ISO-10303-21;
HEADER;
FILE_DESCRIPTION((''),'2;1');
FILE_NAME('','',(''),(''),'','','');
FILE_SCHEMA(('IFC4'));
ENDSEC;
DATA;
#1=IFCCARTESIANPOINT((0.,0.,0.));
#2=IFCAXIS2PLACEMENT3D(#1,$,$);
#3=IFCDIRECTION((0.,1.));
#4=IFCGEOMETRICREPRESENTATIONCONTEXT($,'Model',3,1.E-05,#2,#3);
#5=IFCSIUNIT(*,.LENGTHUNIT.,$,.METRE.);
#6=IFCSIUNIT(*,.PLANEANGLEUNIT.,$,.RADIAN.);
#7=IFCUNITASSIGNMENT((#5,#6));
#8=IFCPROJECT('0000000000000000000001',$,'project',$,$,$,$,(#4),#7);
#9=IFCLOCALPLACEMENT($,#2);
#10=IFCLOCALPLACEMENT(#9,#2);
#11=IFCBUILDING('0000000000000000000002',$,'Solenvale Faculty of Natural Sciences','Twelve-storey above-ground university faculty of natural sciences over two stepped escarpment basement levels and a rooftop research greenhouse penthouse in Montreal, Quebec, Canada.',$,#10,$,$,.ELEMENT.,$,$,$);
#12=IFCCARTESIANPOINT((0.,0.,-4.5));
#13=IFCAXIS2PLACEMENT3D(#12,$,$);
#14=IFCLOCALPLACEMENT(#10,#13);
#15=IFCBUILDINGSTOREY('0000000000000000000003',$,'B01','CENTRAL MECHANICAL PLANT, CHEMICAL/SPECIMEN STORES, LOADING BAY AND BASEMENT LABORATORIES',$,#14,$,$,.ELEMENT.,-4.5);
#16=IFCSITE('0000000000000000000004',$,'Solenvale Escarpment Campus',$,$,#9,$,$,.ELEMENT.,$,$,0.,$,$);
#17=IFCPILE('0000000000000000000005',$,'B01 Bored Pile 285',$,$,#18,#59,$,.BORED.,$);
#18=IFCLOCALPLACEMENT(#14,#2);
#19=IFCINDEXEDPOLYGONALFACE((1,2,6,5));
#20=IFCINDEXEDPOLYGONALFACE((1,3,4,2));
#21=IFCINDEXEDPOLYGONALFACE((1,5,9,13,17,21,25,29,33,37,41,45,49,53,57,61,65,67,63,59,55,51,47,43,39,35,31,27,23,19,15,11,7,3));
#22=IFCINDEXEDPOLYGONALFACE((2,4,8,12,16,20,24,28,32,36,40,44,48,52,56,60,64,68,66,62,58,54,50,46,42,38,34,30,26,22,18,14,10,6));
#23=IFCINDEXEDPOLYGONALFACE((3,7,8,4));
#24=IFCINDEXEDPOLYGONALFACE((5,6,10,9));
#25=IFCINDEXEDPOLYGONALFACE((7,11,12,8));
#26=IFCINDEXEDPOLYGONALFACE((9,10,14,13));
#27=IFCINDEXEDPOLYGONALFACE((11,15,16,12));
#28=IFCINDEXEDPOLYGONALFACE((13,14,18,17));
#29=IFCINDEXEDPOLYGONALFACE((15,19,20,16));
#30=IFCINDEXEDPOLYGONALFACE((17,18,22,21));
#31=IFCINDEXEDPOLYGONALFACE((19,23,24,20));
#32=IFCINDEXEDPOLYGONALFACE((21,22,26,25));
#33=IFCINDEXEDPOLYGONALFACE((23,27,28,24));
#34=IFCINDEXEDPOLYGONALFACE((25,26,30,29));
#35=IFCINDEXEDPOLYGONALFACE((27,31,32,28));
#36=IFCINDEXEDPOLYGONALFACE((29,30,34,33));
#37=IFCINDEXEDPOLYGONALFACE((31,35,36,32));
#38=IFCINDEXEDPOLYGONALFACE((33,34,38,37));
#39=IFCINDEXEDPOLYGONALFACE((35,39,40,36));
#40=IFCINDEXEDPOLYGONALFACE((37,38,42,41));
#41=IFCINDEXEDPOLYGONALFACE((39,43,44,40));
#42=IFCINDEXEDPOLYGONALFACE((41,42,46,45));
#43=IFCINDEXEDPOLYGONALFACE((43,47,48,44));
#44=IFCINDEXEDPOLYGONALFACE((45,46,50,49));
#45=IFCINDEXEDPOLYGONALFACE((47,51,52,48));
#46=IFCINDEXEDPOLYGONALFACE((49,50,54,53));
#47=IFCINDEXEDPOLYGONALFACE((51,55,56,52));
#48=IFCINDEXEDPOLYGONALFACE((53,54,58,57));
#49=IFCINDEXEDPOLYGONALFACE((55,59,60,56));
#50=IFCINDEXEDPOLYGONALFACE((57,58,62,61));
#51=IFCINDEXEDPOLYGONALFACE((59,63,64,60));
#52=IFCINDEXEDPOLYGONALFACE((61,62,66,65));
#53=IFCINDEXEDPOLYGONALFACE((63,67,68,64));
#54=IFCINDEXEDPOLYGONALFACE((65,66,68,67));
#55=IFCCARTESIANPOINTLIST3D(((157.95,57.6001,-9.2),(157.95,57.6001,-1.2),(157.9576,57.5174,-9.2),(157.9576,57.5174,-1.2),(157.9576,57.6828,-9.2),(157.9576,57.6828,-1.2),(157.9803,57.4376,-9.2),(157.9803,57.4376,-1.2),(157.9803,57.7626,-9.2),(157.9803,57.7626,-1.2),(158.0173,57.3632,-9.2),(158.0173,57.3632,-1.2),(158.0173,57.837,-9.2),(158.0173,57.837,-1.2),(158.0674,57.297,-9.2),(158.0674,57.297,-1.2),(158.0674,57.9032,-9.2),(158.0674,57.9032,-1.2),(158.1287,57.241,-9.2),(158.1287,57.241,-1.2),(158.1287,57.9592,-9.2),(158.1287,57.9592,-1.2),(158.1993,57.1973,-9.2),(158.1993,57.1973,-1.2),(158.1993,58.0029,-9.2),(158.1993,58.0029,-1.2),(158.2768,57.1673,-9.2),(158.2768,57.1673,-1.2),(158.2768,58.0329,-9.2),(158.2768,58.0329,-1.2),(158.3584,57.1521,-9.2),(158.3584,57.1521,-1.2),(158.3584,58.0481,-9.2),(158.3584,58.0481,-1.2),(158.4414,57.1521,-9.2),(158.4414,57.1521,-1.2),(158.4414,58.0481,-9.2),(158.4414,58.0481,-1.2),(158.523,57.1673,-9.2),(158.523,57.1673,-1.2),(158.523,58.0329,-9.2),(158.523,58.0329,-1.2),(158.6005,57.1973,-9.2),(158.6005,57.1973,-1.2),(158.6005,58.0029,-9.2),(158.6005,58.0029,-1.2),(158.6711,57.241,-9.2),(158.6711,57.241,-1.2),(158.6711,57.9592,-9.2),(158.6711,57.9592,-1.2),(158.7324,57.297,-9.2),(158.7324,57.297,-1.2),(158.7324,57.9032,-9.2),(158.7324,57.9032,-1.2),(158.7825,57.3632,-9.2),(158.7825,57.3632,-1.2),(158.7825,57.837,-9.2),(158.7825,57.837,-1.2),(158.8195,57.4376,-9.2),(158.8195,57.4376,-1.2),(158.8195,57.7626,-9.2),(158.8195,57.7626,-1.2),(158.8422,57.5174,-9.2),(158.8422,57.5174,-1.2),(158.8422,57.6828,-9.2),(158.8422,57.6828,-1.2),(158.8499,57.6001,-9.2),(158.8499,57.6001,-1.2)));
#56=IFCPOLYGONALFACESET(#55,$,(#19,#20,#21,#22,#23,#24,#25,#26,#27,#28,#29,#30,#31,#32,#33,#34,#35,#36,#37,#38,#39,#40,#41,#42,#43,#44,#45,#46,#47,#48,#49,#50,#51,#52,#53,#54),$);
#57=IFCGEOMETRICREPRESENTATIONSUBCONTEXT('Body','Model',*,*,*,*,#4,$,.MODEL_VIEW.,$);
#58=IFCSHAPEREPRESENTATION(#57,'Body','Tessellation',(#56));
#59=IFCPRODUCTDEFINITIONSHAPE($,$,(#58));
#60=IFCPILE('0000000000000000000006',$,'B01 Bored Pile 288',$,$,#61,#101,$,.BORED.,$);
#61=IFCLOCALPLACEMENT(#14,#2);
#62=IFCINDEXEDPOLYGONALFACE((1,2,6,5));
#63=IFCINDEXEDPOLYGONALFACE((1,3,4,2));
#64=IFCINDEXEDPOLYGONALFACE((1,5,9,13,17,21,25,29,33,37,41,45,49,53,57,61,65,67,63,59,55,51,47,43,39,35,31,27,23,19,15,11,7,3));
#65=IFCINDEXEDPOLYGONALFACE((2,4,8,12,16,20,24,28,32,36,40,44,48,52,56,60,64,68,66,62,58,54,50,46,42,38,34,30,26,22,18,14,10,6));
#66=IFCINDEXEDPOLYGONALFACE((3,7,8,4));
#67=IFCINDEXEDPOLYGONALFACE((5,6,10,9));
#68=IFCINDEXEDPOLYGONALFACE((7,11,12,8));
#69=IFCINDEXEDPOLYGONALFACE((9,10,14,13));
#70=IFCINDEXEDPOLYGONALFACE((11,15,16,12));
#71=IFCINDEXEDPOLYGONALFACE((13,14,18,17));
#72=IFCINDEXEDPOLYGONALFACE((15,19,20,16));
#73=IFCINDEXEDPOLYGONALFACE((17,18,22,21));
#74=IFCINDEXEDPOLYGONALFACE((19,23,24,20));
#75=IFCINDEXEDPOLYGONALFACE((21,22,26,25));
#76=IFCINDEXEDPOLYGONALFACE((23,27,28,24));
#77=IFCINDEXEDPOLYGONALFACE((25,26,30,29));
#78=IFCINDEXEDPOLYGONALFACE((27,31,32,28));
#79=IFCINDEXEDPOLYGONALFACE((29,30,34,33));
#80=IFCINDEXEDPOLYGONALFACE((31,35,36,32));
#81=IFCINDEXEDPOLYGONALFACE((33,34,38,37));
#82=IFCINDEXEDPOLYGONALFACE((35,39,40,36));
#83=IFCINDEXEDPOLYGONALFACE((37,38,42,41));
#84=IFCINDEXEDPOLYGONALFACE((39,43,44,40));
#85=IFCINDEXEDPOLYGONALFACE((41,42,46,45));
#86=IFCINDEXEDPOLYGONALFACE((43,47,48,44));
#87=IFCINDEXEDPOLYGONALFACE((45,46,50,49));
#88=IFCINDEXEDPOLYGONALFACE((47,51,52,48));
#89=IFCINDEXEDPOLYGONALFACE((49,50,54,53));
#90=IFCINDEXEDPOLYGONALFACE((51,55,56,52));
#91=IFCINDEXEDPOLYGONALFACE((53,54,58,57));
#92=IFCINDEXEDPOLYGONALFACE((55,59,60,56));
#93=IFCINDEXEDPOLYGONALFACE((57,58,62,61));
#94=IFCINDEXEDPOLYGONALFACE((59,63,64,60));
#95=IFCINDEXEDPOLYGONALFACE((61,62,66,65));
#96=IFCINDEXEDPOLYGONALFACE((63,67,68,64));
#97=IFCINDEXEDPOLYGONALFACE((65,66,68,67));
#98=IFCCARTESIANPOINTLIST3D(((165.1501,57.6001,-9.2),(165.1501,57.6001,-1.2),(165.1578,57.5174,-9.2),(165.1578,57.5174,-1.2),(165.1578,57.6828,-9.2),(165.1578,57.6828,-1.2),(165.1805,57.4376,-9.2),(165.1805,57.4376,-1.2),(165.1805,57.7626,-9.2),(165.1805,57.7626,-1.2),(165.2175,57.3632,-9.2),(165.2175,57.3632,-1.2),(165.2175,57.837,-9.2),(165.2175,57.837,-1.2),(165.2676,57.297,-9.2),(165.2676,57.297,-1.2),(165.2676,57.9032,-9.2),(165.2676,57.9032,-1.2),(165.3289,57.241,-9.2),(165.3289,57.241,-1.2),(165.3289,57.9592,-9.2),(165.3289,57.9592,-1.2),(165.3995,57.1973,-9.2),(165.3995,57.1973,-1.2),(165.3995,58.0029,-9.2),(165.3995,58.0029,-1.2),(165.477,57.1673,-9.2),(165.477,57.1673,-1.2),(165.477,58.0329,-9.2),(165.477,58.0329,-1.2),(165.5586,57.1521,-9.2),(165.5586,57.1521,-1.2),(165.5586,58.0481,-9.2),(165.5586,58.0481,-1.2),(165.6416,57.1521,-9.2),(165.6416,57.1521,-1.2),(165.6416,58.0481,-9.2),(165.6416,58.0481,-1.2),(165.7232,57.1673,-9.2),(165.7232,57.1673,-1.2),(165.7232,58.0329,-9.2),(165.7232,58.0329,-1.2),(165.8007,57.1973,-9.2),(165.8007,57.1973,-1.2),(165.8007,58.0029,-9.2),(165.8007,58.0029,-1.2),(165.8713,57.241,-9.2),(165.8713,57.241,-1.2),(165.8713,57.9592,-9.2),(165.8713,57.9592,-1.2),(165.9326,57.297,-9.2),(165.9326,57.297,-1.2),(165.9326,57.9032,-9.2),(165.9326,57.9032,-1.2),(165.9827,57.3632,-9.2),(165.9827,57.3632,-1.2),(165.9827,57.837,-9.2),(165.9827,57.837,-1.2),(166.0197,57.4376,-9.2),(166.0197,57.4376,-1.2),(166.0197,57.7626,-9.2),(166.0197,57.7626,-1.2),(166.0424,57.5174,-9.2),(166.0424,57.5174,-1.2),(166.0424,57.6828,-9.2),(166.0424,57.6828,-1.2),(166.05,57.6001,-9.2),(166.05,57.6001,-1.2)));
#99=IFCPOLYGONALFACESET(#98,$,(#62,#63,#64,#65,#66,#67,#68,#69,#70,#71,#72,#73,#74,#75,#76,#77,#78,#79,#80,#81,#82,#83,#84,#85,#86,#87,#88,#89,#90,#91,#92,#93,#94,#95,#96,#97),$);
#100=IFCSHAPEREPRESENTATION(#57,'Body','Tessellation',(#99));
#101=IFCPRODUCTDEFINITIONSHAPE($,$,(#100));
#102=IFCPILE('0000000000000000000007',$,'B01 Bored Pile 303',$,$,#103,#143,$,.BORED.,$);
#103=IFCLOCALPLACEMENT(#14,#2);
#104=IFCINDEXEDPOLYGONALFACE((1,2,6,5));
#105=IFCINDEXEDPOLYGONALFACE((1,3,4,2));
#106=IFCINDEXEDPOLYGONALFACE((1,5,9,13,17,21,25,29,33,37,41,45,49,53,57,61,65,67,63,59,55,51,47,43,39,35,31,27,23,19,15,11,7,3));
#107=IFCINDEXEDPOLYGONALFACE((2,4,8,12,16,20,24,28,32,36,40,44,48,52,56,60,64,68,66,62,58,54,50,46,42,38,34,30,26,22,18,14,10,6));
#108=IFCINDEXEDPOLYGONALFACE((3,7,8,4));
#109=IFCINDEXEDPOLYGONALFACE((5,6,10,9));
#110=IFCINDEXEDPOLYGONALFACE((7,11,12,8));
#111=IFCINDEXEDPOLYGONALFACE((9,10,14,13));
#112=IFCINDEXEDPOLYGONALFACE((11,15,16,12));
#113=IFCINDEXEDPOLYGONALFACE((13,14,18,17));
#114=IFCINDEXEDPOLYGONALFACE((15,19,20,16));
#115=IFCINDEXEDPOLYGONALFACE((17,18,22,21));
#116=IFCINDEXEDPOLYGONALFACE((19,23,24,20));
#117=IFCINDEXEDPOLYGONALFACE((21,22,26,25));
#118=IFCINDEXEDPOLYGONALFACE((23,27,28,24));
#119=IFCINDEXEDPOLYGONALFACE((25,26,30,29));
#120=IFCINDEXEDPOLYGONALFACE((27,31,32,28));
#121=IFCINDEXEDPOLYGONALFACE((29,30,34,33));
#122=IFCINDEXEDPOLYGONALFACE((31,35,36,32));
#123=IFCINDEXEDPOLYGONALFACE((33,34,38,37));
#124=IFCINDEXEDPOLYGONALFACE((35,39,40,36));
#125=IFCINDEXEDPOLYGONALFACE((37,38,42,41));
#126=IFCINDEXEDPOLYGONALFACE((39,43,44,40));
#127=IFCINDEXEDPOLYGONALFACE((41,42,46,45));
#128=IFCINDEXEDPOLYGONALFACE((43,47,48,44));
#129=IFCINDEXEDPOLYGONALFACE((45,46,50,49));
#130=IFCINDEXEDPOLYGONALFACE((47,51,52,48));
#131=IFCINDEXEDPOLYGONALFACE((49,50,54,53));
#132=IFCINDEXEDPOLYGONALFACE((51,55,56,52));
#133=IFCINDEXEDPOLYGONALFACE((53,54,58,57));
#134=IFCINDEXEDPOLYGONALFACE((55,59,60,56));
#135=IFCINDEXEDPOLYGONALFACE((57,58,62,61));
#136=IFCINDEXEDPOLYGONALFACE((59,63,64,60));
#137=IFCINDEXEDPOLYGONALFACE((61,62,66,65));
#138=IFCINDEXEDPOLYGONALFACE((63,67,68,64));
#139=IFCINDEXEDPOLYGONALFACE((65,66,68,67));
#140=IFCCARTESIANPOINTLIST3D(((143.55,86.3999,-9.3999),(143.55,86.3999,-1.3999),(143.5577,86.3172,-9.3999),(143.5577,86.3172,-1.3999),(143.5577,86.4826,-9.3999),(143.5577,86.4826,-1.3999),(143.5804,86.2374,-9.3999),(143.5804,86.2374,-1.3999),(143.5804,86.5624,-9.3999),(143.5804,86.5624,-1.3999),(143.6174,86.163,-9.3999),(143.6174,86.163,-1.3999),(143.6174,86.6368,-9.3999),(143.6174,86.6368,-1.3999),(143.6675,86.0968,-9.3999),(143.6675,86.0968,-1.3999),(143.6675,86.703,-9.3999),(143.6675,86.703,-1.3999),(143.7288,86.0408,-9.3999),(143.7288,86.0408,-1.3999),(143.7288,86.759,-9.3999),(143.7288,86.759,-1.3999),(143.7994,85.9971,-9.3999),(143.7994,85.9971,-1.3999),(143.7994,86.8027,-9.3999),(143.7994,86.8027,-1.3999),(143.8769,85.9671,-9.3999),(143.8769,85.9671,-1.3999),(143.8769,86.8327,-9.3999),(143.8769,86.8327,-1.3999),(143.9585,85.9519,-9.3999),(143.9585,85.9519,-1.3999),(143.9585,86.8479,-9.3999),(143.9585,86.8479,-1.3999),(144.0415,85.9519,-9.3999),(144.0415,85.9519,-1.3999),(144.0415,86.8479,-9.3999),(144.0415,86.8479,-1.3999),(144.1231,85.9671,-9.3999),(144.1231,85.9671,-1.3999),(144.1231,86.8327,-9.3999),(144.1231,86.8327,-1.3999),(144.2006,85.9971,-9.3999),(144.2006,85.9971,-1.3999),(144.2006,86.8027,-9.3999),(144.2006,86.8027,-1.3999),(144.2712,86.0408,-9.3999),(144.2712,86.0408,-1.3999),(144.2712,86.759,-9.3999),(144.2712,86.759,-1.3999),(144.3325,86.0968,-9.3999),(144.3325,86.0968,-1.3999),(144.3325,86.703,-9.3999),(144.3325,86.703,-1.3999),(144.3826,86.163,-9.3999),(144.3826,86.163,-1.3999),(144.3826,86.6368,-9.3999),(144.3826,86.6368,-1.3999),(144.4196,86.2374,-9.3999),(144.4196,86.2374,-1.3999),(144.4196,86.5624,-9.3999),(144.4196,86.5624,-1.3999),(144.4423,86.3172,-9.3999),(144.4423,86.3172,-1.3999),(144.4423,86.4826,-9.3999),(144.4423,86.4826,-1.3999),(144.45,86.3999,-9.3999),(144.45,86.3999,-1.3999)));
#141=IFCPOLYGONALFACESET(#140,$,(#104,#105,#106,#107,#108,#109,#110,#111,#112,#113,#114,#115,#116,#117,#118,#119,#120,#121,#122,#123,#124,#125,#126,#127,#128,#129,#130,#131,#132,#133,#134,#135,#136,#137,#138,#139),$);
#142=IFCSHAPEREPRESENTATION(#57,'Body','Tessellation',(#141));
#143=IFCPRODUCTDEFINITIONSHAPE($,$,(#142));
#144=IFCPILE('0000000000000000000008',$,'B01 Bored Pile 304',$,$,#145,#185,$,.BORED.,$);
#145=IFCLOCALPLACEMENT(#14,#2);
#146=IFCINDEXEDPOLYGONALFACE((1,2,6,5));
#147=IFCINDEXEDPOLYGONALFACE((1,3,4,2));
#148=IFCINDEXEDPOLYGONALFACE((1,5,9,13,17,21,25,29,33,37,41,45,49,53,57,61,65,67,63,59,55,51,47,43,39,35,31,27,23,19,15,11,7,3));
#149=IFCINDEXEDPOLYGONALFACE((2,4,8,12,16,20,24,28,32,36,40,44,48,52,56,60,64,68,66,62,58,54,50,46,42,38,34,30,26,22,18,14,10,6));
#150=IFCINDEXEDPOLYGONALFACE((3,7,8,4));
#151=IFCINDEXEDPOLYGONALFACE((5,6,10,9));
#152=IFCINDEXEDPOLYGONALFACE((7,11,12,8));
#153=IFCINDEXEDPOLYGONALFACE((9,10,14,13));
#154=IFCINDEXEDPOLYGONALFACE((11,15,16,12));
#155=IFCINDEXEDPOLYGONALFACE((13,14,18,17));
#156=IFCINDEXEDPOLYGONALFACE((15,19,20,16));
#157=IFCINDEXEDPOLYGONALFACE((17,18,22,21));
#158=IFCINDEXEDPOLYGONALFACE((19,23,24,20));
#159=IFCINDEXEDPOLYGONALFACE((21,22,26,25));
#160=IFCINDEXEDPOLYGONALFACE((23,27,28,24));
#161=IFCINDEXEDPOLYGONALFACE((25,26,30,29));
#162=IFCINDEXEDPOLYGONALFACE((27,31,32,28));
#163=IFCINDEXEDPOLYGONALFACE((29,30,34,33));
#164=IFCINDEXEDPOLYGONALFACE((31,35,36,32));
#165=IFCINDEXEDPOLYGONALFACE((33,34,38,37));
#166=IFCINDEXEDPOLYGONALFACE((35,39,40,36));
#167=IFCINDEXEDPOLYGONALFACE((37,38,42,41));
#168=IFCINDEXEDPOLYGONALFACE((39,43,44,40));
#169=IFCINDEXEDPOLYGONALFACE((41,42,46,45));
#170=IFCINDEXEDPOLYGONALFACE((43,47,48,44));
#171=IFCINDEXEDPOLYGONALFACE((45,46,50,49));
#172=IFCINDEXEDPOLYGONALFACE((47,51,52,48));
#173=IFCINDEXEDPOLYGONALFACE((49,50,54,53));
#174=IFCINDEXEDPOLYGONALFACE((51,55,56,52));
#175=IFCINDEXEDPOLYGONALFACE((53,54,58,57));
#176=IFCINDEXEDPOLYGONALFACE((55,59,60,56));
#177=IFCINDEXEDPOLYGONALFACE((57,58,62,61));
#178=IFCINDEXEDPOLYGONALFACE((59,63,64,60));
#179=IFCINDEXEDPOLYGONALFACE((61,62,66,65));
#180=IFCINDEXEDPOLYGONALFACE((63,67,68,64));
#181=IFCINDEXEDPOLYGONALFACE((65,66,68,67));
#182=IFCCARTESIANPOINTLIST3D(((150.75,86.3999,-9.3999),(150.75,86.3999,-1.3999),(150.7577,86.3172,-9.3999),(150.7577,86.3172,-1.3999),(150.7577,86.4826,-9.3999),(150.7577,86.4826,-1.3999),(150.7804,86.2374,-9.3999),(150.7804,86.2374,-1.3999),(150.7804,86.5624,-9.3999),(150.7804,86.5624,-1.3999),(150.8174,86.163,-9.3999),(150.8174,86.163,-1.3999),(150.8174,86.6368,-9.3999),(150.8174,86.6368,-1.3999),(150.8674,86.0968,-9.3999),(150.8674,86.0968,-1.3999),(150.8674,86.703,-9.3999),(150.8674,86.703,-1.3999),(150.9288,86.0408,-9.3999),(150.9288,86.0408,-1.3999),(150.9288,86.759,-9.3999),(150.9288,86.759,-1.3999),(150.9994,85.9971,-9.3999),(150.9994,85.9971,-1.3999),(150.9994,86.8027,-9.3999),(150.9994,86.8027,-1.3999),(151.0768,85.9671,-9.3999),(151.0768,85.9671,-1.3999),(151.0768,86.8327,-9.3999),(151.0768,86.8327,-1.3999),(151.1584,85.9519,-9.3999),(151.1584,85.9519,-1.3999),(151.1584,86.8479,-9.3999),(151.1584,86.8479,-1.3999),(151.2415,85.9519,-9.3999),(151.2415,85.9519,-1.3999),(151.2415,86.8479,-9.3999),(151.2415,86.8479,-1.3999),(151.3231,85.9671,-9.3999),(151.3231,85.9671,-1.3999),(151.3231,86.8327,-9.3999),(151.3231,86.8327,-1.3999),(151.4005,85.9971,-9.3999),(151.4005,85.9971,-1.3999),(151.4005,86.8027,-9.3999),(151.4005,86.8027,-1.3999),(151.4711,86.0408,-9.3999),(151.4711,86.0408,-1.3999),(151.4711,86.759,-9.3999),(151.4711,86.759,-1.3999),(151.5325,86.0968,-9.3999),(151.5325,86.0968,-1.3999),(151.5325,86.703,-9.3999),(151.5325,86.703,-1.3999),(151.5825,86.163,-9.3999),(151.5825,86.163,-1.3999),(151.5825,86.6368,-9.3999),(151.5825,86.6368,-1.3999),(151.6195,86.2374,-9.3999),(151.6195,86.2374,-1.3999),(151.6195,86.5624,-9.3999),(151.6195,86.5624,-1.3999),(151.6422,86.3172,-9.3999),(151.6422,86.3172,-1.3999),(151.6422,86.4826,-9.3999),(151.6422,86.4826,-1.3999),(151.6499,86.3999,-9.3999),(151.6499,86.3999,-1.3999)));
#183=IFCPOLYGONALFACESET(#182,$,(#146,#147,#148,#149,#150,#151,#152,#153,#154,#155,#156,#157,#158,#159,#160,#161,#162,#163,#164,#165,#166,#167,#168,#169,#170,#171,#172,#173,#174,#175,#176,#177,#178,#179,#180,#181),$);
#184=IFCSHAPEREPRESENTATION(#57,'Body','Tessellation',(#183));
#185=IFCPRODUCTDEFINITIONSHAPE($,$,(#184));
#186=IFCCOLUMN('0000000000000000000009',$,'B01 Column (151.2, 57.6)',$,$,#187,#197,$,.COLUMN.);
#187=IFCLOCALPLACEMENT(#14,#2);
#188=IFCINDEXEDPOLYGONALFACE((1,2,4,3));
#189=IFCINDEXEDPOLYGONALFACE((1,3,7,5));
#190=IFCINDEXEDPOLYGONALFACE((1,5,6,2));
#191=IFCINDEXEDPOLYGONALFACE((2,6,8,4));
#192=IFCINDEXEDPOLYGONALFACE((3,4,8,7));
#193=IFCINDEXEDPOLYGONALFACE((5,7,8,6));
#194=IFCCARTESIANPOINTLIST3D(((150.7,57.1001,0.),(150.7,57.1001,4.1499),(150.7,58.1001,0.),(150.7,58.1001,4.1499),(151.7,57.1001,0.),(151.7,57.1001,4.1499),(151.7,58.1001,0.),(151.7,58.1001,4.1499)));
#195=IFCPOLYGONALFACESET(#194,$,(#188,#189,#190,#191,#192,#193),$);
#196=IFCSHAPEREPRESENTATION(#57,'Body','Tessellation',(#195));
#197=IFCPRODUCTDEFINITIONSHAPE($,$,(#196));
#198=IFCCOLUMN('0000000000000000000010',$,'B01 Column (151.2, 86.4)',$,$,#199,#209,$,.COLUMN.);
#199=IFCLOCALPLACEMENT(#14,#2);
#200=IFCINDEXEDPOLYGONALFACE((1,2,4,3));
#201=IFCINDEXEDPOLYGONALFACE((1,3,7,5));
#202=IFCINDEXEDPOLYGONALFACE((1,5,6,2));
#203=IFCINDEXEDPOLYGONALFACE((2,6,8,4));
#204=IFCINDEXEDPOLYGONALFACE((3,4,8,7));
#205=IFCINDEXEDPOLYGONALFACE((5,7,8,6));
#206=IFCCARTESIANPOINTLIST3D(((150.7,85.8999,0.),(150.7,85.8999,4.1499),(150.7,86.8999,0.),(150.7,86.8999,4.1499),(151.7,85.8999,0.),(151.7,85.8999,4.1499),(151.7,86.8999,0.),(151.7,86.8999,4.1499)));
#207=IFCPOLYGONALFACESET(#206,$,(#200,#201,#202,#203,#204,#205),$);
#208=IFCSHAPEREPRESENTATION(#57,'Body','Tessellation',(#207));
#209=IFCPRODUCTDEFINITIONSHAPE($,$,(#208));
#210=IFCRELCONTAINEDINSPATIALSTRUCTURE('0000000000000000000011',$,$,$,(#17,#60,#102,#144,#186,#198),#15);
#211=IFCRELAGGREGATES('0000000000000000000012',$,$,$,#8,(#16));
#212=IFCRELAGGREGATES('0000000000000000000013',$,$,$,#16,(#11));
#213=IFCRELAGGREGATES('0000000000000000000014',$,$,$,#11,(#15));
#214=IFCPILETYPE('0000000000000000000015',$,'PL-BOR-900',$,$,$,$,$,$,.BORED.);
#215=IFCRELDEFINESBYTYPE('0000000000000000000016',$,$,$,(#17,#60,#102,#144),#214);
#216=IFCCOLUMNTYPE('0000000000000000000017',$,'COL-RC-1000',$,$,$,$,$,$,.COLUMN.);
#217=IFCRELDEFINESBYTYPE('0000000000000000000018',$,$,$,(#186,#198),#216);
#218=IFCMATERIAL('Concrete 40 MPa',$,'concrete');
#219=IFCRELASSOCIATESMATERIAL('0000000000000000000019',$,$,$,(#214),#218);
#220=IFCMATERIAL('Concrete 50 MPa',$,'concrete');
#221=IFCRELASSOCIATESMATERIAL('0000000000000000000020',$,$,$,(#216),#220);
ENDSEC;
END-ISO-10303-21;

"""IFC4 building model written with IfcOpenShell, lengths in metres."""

from ifc_helpers import new_model, si_unit, direction, frame, origin, origin_2d, place, context, subcontext, project, spatial, rectangle, circle, extrude, material, material_profile, profile_set, type_object, element, save


model = new_model("IFC4")

# Units and contexts
model_context = context("Model", 3, precision=1e-05, world=origin(), true_north=direction((0.0, 1.0)))
body_context = subcontext(model_context, "Body", "Model", "MODEL_VIEW")
ifc_project = project(units=[si_unit("LENGTHUNIT", "METRE"), si_unit("PLANEANGLEUNIT", "RADIAN")], contexts=[model_context])

# Site, building, storey
site_placement = place(None, origin())
site = spatial("IfcSite", under=ifc_project, at=site_placement, Name="Solenvale Escarpment Campus", CompositionType="ELEMENT", RefElevation=0.0)
building_placement = place(site_placement, origin())
building = spatial("IfcBuilding", under=site, at=building_placement, Name="Solenvale Faculty of Natural Sciences", Description="Twelve-storey above-ground university faculty of natural sciences over two stepped escarpment basement levels and a rooftop research greenhouse penthouse in Montreal, Quebec, Canada.", CompositionType="ELEMENT")
storey_placement = place(building_placement, frame((0.0, 0.0, -4.5)))
storey = spatial("IfcBuildingStorey", under=building, at=storey_placement, Name="B01", Description="CENTRAL MECHANICAL PLANT, CHEMICAL/SPECIMEN STORES, LOADING BAY AND BASEMENT LABORATORIES", CompositionType="ELEMENT", Elevation=-4.5)

# Shared definitions
ifc_material_1 = material(Name="Concrete 40 MPa", Category="concrete")

# Piles
ifc_material_profile_1 = material_profile(ifc_material_1, circle(Radius=0.45, at=origin_2d()), Name="PILE-D900")
ifc_profile_set_1 = profile_set([ifc_material_profile_1], Name="Concrete 40 MPa")
pile_type_1 = type_object("IfcPileType", Name="PL-BOR-900", PredefinedType="BORED", material=ifc_profile_set_1)
for number, where, z_axis, x_axis, name in (
    (1, (158.3999, 57.6001, -1.2), (0.0, 0.0, -1.0), (1.0, 0.0, 0.0), "B01 Bored Pile 285"),
    (2, (165.6001, 57.6001, -1.2), (0.0, 0.0, -1.0), (1.0, 0.0, 0.0), "B01 Bored Pile 288"),
    (3, (144.0, 86.3999, -1.3999), (0.0, 0.0, -1.0), (1.0, 0.0, 0.0), "B01 Bored Pile 303"),
    (4, (151.2, 86.3999, -1.3999), (0.0, 0.0, -1.0), (1.0, 0.0, 0.0), "B01 Bored Pile 304"),
):
    element("IfcPile", number, at=place(storey_placement, frame(where, z_axis=z_axis, x_axis=x_axis)), inside=storey, type_object=pile_type_1, Name=name, PredefinedType="BORED", context=body_context, shape_type="SweptSolid", body=[
        extrude(circle(Radius=0.45, at=origin_2d()), origin(), (0.0, 0.0, 1.0), 8.0),
    ])

# Columns
ifc_material_2 = material(Name="Concrete 50 MPa", Category="concrete")
ifc_material_profile_2 = material_profile(ifc_material_2, rectangle(XDim=1.0, YDim=1.0, at=origin_2d()), Name="RC-COL-1000x1000")
ifc_profile_set_2 = profile_set([ifc_material_profile_2], Name="Concrete 50 MPa")
column_type_1 = type_object("IfcColumnType", Name="COL-RC-1000", PredefinedType="COLUMN", material=ifc_profile_set_2)
for number, where, z_axis, x_axis, name in (
    (5, (151.2, 57.6001, 0.0), (0.0, 0.0, 1.0), (1.0, 0.0, 0.0), "B01 Column (151.2, 57.6)"),
    (6, (151.2, 86.3999, 0.0), (0.0, 0.0, 1.0), (1.0, 0.0, 0.0), "B01 Column (151.2, 86.4)"),
):
    element("IfcColumn", number, at=place(storey_placement, frame(where, z_axis=z_axis, x_axis=x_axis)), inside=storey, type_object=column_type_1, Name=name, PredefinedType="COLUMN", context=body_context, shape_type="SweptSolid", body=[
        extrude(rectangle(XDim=1.0, YDim=1.0, at=origin_2d()), origin(), (0.0, 0.0, 1.0), 4.1499),
    ])

save(model, "model.ifc")
